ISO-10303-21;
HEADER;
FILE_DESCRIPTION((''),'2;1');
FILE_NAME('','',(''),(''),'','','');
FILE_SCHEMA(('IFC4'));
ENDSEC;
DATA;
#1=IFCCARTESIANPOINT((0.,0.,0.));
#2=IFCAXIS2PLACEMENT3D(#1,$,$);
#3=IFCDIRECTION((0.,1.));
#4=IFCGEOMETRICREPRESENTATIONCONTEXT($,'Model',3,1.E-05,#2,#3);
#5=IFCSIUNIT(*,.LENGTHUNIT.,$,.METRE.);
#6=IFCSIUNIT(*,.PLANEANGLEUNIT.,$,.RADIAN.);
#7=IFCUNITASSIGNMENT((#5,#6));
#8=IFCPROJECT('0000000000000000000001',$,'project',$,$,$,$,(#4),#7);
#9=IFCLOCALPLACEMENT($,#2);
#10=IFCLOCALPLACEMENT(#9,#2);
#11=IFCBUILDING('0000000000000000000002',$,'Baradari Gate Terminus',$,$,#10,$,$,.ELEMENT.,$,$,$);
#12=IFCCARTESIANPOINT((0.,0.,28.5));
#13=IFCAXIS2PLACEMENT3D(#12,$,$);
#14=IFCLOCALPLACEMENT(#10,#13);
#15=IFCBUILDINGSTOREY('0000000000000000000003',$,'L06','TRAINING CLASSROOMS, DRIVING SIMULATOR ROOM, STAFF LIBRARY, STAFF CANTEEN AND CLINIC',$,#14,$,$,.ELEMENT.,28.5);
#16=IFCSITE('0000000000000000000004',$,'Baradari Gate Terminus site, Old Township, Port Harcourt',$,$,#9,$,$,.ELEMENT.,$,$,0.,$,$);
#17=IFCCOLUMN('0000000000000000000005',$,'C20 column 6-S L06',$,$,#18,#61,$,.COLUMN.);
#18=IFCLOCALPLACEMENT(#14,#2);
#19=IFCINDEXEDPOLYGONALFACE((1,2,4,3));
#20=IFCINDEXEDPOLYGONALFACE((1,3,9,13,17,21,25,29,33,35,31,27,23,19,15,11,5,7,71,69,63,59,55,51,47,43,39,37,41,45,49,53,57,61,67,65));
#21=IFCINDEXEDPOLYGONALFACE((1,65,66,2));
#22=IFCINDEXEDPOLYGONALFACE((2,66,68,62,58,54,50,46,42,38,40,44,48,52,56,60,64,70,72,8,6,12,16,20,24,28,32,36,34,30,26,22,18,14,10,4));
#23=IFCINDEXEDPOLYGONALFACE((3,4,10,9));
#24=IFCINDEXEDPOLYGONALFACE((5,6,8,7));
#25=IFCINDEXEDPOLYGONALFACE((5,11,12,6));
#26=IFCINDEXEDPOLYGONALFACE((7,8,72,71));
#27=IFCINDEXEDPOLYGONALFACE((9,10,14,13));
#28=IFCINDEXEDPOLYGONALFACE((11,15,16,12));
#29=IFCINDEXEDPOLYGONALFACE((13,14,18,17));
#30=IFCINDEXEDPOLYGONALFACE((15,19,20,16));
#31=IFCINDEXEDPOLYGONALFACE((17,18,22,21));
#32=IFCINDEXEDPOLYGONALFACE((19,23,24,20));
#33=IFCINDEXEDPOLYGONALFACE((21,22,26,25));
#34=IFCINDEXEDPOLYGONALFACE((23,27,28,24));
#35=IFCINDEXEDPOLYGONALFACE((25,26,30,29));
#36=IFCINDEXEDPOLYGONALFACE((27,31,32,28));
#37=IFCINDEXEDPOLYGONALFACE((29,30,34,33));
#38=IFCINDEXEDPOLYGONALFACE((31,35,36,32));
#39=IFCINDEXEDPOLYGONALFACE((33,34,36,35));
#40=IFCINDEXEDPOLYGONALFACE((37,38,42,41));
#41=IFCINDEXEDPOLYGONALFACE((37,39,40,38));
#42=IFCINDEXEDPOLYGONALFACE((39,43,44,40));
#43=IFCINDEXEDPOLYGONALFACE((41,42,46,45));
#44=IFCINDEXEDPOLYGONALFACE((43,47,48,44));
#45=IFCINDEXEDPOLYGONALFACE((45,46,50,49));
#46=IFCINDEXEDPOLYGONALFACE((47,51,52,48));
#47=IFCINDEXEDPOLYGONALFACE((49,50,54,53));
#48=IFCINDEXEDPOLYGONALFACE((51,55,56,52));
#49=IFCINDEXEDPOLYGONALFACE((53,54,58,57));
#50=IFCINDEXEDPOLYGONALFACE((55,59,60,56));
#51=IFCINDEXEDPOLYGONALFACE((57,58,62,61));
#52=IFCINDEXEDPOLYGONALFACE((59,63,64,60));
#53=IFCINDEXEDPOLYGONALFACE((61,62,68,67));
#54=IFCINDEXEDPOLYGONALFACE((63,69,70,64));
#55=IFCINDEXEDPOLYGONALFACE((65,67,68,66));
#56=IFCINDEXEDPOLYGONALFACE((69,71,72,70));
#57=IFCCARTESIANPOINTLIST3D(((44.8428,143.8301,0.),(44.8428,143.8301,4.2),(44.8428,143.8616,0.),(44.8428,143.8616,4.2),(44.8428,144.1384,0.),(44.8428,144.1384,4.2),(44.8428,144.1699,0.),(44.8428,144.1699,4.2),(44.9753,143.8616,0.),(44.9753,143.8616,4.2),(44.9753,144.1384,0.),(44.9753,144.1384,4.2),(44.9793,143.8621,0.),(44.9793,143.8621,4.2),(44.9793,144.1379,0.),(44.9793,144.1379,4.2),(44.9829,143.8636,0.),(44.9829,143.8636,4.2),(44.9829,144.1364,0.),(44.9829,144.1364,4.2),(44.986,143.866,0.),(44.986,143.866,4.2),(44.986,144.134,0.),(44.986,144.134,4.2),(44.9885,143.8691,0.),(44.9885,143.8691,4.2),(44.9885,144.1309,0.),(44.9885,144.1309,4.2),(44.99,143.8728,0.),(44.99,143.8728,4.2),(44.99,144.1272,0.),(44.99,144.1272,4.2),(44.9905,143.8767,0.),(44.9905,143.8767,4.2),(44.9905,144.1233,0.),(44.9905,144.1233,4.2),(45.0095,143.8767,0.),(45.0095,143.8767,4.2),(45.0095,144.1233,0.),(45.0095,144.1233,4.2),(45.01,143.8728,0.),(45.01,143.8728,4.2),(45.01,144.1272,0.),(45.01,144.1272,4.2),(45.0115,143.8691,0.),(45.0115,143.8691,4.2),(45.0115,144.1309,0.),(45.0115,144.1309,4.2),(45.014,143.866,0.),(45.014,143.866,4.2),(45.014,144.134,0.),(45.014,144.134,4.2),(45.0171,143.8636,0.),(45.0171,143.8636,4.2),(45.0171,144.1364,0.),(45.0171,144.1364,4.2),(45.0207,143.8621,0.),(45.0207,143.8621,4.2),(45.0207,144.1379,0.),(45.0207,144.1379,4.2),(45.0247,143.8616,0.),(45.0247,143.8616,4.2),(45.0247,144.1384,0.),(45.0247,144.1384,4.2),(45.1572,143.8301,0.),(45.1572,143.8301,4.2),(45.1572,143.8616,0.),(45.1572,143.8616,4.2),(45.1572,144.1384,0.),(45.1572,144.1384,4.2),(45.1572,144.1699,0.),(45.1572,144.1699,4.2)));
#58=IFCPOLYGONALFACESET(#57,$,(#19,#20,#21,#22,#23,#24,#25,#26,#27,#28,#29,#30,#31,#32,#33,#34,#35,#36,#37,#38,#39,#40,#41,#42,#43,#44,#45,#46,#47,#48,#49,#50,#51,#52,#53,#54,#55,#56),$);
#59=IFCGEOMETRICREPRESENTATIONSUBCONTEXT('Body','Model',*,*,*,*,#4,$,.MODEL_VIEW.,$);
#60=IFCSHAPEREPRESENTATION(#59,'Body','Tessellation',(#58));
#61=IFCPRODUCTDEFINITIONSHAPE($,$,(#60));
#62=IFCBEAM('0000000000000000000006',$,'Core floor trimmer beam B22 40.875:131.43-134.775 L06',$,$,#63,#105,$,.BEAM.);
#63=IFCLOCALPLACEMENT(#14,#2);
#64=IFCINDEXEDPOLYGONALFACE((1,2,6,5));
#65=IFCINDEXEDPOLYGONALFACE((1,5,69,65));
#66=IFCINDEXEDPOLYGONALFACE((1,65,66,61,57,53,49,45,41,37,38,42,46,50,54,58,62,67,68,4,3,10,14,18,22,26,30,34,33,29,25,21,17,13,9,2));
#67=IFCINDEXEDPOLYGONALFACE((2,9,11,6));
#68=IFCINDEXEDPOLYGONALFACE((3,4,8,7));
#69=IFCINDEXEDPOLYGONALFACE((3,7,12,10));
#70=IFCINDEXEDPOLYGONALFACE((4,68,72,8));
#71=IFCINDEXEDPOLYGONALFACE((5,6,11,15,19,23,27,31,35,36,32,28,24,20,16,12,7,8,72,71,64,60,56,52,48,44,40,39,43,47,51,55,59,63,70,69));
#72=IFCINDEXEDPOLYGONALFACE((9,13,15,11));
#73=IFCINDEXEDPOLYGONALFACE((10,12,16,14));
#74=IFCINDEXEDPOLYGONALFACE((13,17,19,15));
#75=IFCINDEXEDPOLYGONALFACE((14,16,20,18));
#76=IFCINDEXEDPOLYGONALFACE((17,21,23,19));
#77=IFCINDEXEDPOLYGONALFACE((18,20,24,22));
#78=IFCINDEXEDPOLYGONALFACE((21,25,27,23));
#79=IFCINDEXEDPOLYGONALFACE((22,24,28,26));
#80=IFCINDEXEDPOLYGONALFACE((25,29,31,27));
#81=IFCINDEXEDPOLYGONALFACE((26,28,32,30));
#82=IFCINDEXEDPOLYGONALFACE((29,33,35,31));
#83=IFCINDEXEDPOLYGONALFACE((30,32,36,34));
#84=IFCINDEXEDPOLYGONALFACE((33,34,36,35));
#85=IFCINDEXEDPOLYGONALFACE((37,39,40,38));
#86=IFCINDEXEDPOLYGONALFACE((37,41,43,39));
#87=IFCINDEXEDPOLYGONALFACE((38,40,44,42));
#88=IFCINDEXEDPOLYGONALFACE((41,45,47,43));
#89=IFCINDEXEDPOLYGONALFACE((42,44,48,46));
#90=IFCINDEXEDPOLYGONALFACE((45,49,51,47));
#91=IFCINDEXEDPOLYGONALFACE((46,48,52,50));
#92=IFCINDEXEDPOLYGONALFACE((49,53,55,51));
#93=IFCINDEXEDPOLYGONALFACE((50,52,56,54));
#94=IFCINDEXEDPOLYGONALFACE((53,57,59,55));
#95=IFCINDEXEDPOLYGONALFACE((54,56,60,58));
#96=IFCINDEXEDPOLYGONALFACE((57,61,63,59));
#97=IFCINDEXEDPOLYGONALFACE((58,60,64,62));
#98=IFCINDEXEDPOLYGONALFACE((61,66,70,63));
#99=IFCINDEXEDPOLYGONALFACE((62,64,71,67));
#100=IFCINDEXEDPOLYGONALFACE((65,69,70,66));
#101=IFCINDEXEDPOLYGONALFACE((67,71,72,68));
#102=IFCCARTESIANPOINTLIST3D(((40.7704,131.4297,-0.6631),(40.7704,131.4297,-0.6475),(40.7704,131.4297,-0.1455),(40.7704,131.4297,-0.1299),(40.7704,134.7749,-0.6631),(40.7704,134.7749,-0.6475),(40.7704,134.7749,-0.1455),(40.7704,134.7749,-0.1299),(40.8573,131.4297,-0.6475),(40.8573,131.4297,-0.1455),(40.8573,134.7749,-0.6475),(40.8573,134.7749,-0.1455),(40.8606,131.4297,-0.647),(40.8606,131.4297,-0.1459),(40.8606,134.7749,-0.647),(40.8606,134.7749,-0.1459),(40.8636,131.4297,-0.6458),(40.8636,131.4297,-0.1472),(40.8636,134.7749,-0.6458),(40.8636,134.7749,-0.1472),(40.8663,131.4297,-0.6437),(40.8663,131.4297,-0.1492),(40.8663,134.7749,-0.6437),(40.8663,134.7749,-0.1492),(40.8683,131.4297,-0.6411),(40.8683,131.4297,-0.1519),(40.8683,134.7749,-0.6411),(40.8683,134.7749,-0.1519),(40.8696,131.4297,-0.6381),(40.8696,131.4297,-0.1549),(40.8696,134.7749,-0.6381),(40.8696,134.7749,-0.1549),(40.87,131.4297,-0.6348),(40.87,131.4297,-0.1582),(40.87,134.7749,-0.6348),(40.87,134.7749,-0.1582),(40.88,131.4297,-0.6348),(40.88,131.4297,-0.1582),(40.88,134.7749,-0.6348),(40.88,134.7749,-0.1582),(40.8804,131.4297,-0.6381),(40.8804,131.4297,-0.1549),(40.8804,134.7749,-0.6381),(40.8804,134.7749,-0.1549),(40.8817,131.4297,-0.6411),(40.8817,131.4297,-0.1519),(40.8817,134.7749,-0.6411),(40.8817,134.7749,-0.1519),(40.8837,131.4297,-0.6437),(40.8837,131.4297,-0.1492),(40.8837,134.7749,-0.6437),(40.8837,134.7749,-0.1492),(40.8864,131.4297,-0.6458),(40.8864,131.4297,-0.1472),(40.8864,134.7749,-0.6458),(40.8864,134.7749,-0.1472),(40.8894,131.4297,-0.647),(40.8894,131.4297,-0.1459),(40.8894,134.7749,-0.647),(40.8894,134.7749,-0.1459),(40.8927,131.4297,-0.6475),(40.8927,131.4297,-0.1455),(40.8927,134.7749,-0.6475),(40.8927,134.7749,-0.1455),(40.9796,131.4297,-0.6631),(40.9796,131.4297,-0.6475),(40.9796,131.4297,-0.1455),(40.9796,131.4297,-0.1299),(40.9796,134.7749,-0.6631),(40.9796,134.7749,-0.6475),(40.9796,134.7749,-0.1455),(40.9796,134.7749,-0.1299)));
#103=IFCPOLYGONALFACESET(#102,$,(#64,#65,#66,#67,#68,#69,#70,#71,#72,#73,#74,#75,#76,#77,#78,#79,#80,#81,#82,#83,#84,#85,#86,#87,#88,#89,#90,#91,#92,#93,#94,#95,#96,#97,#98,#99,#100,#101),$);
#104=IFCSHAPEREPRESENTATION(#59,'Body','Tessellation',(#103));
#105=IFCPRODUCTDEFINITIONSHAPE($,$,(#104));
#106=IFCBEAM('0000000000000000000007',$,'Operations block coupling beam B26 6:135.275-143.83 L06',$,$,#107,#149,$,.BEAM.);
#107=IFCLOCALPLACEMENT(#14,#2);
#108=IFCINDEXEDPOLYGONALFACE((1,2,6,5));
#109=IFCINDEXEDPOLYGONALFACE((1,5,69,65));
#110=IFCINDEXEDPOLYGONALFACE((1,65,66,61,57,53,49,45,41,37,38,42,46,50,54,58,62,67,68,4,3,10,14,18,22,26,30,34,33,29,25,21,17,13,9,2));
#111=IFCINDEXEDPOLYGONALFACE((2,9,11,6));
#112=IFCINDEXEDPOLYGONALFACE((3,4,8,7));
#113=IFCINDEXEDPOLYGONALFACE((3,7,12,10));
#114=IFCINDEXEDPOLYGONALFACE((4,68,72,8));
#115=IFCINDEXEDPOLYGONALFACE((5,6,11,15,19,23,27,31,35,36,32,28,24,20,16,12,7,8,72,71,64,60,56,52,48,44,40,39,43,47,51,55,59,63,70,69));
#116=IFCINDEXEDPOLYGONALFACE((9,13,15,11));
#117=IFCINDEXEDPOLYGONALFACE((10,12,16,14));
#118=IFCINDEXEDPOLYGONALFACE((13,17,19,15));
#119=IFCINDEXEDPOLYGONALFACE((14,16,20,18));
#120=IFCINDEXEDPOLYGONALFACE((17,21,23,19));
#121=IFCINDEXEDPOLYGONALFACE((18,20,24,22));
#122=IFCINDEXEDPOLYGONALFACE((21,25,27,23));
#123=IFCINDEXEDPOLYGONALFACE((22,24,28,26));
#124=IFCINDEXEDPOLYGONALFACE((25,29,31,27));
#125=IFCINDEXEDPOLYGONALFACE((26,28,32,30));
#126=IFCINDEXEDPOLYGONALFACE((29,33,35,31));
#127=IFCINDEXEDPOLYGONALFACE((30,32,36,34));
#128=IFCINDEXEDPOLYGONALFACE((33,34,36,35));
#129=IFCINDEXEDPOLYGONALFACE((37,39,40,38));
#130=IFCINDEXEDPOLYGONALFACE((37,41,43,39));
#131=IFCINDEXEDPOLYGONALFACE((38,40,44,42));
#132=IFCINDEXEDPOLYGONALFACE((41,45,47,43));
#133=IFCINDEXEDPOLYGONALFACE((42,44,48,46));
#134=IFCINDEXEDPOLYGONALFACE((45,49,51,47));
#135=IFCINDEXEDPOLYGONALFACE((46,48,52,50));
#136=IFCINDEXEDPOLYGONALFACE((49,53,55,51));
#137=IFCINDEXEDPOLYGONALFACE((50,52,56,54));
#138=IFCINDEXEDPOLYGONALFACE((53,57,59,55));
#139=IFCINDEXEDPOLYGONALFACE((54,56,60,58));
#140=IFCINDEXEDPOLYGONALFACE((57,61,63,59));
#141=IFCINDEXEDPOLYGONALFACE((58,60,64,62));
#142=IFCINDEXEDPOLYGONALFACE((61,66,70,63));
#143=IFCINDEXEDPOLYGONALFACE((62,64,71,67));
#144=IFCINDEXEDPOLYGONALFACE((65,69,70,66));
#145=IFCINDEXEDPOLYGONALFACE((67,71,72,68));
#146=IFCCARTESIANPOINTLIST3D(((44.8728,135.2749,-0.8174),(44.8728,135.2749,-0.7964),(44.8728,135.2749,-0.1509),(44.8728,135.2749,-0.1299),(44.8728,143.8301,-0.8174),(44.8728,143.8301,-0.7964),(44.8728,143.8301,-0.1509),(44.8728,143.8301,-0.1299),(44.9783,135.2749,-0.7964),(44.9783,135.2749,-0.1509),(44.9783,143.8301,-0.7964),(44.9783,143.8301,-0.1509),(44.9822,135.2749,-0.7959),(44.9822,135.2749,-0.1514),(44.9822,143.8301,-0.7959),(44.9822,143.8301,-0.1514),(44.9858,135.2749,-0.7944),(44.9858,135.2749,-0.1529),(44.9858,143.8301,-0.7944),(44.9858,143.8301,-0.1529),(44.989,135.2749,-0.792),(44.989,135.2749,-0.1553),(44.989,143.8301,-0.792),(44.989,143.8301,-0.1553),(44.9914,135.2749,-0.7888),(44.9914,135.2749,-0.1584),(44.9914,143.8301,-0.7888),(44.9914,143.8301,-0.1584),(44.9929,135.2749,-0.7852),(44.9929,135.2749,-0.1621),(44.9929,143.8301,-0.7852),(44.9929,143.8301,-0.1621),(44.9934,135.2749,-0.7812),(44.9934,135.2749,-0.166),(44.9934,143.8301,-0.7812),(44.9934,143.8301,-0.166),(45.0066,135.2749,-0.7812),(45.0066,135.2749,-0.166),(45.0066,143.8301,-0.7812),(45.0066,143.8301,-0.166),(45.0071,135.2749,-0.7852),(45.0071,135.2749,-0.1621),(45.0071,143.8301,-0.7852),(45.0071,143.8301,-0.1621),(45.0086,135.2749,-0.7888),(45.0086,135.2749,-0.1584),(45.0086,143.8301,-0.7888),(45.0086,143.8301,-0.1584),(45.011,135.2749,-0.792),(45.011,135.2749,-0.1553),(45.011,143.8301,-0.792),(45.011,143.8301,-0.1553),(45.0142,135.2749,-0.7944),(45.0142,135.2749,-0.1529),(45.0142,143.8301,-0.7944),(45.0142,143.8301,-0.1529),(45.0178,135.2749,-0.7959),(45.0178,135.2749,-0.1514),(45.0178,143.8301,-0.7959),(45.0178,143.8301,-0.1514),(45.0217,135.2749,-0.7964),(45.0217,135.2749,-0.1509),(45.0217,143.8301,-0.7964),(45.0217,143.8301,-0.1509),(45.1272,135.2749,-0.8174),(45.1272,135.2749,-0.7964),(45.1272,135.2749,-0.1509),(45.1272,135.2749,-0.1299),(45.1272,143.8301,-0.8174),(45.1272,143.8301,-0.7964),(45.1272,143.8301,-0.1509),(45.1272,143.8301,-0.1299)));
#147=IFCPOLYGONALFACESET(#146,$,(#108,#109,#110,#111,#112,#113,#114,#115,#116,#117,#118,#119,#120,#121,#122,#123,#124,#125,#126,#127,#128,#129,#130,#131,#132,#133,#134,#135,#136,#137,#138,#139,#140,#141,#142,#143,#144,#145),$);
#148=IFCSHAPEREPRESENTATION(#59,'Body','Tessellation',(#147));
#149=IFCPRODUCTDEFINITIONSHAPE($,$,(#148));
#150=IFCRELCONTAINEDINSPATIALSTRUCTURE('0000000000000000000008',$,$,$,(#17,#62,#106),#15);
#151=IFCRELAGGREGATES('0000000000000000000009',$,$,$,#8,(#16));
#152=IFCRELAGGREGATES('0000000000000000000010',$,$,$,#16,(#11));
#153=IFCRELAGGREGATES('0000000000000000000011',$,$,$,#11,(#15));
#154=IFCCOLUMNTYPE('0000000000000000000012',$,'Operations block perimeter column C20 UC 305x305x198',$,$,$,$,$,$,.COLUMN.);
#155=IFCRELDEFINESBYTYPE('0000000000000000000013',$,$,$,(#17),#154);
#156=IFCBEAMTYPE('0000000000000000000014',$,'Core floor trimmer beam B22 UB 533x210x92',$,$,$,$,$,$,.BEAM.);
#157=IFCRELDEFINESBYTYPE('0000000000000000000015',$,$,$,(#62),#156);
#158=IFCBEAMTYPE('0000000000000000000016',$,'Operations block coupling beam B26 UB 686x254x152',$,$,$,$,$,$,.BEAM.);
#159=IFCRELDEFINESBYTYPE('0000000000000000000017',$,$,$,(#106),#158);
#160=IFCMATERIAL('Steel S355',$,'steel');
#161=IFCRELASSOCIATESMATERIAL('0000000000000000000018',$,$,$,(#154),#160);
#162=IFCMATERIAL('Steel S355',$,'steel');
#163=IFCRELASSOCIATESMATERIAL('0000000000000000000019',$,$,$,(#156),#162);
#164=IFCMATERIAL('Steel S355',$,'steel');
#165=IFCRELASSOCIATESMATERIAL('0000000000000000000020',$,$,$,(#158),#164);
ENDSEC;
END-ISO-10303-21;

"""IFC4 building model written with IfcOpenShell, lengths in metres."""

from ifc_helpers import new_model, si_unit, direction, frame, origin, origin_2d, place, context, subcontext, project, spatial, i_section, extrude, material, material_profile, profile_set, type_object, element, save


model = new_model("IFC4")

# Units and contexts
model_context = context("Model", 3, precision=1e-05, world=origin(), true_north=direction((0.0, 1.0)))
body_context = subcontext(model_context, "Body", "Model", "MODEL_VIEW")
ifc_project = project(units=[si_unit("LENGTHUNIT", "METRE"), si_unit("PLANEANGLEUNIT", "RADIAN")], contexts=[model_context])

# Site, building, storey
site_placement = place(None, origin())
site = spatial("IfcSite", under=ifc_project, at=site_placement, Name="Baradari Gate Terminus site, Old Township, Port Harcourt", CompositionType="ELEMENT", RefElevation=0.0)
building_placement = place(site_placement, origin())
building = spatial("IfcBuilding", under=site, at=building_placement, Name="Baradari Gate Terminus", CompositionType="ELEMENT")
storey_placement = place(building_placement, frame((0.0, 0.0, 28.5)))
storey = spatial("IfcBuildingStorey", under=building, at=storey_placement, Name="L06", Description="TRAINING CLASSROOMS, DRIVING SIMULATOR ROOM, STAFF LIBRARY, STAFF CANTEEN AND CLINIC", CompositionType="ELEMENT", Elevation=28.5)

# Column
ifc_material_1 = material(Name="Steel S355", Category="steel")
ifc_material_profile_1 = material_profile(ifc_material_1, i_section(OverallWidth=0.3145, OverallDepth=0.3398, WebThickness=0.019, FlangeThickness=0.0315, FilletRadius=0.0151, at=origin_2d()), Name="UC 305x305x198")
ifc_profile_set_1 = profile_set([ifc_material_profile_1], Name="Steel S355")
column_type = type_object("IfcColumnType", Name="Operations block perimeter column C20 UC 305x305x198", PredefinedType="COLUMN", material=ifc_profile_set_1)
column_placement = place(storey_placement, frame((45.0, 144.0, 0.0), z_axis=(0.0, 0.0, 1.0), x_axis=(1.0, 0.0, 0.0)))
element("IfcColumn", 1, at=column_placement, inside=storey, type_object=column_type, Name="C20 column 6-S L06", PredefinedType="COLUMN", context=body_context, shape_type="SweptSolid", body=[
    extrude(i_section(OverallWidth=0.3145, OverallDepth=0.3398, WebThickness=0.019, FlangeThickness=0.0315, FilletRadius=0.0151, at=origin_2d()), origin(), (0.0, 0.0, 1.0), 4.2),
])

# Beams
ifc_material_2 = material(Name="Steel S355", Category="steel")
ifc_material_profile_2 = material_profile(ifc_material_2, i_section(OverallWidth=0.2092, OverallDepth=0.5332, WebThickness=0.01, FlangeThickness=0.0156, FilletRadius=0.0127, at=origin_2d()), Name="UB 533x210x92")
ifc_profile_set_2 = profile_set([ifc_material_profile_2], Name="Steel S355")
beam_type_1 = type_object("IfcBeamType", Name="Core floor trimmer beam B22 UB 533x210x92", PredefinedType="BEAM", material=ifc_profile_set_2)
beam_1_placement = place(storey_placement, frame((40.875, 131.4297, -0.3965), z_axis=(0.0, 1.0, 0.0), x_axis=(-1.0, 0.0, 0.0)))
element("IfcBeam", 2, at=beam_1_placement, inside=storey, type_object=beam_type_1, Name="Core floor trimmer beam B22 40.875:131.43-134.775 L06", PredefinedType="BEAM", context=body_context, shape_type="SweptSolid", body=[
    extrude(i_section(OverallWidth=0.2092, OverallDepth=0.5332, WebThickness=0.01, FlangeThickness=0.0156, FilletRadius=0.0127, at=origin_2d()), origin(), (0.0, 0.0, 1.0), 3.3452),
])
ifc_material_3 = material(Name="Steel S355", Category="steel")
ifc_material_profile_3 = material_profile(ifc_material_3, i_section(OverallWidth=0.2544, OverallDepth=0.6875, WebThickness=0.0132, FlangeThickness=0.021, FilletRadius=0.0151, at=origin_2d()), Name="UB 686x254x152")
ifc_profile_set_3 = profile_set([ifc_material_profile_3], Name="Steel S355")
beam_type_2 = type_object("IfcBeamType", Name="Operations block coupling beam B26 UB 686x254x152", PredefinedType="BEAM", material=ifc_profile_set_3)
beam_2_placement = place(storey_placement, frame((45.0, 135.2749, -0.4736), z_axis=(0.0, 1.0, 0.0), x_axis=(-1.0, 0.0, 0.0)))
element("IfcBeam", 3, at=beam_2_placement, inside=storey, type_object=beam_type_2, Name="Operations block coupling beam B26 6:135.275-143.83 L06", PredefinedType="BEAM", context=body_context, shape_type="SweptSolid", body=[
    extrude(i_section(OverallWidth=0.2544, OverallDepth=0.6875, WebThickness=0.0132, FlangeThickness=0.021, FilletRadius=0.0151, at=origin_2d()), origin(), (0.0, 0.0, 1.0), 8.5552),
])

save(model, "model.ifc")
